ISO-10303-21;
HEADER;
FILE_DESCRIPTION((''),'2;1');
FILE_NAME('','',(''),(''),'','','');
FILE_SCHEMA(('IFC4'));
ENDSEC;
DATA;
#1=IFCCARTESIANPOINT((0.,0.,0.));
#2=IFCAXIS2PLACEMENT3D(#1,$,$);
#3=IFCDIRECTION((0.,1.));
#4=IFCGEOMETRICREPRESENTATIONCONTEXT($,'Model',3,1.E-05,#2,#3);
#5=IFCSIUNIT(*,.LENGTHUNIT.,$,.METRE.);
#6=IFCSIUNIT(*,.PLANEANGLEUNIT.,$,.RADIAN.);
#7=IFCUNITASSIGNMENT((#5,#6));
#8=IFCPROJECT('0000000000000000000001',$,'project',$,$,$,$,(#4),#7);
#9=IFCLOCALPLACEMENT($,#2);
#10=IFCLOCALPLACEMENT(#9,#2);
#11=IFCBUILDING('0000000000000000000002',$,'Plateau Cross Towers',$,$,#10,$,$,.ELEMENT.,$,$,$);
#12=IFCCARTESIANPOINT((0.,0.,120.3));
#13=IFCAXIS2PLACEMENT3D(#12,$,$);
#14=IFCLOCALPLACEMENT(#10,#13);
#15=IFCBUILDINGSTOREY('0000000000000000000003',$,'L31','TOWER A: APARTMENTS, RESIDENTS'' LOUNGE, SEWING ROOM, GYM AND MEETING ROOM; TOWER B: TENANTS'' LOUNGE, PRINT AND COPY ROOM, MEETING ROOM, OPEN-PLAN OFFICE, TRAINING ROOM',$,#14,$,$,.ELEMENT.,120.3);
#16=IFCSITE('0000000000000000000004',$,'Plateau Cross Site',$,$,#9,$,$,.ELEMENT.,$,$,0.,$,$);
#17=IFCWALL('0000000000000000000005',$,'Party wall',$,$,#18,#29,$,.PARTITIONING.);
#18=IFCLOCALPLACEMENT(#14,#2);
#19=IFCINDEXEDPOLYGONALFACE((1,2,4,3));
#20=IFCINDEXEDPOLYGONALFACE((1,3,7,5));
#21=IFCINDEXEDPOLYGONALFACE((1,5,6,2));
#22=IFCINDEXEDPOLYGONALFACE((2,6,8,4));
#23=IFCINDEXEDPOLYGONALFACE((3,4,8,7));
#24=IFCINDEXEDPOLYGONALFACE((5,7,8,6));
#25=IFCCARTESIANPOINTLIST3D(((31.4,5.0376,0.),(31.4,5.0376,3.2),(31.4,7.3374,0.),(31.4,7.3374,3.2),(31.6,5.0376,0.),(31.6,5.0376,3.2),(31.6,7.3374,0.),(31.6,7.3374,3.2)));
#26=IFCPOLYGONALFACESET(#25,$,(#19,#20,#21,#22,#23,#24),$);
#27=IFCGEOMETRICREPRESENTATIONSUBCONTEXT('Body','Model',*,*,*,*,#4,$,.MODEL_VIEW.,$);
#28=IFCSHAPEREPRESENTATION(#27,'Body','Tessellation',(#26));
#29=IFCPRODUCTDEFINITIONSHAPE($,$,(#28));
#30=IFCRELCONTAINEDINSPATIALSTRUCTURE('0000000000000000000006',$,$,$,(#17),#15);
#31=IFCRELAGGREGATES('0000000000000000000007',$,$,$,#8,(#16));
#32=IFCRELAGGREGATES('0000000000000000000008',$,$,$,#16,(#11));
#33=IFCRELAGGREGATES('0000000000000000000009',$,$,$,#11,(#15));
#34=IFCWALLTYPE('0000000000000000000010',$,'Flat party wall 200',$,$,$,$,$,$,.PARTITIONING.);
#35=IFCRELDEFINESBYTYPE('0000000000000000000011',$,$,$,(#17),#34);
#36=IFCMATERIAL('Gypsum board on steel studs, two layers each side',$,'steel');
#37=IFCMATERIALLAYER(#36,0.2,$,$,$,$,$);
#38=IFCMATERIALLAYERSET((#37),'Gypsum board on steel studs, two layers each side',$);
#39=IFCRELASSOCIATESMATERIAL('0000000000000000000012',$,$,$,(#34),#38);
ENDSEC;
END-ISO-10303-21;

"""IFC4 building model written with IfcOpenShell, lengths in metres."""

from ifc_helpers import new_model, si_unit, direction, frame, frame_2d, origin, place, context, subcontext, project, spatial, rectangle, extrude, material, layer, layer_set, type_object, element, save


model = new_model("IFC4")

# Units and contexts
model_context = context("Model", 3, precision=1e-05, world=origin(), true_north=direction((0.0, 1.0)))
body_context = subcontext(model_context, "Body", "Model", "MODEL_VIEW")
ifc_project = project(units=[si_unit("LENGTHUNIT", "METRE"), si_unit("PLANEANGLEUNIT", "RADIAN")], contexts=[model_context])

# Site, building, storey
site_placement = place(None, origin())
site = spatial("IfcSite", under=ifc_project, at=site_placement, Name="Plateau Cross Site", CompositionType="ELEMENT", RefElevation=0.0)
building_placement = place(site_placement, origin())
building = spatial("IfcBuilding", under=site, at=building_placement, Name="Plateau Cross Towers", CompositionType="ELEMENT")
storey_placement = place(building_placement, frame((0.0, 0.0, 120.3)))
storey = spatial("IfcBuildingStorey", under=building, at=storey_placement, Name="L31", Description="TOWER A: APARTMENTS, RESIDENTS' LOUNGE, SEWING ROOM, GYM AND MEETING ROOM; TOWER B: TENANTS' LOUNGE, PRINT AND COPY ROOM, MEETING ROOM, OPEN-PLAN OFFICE, TRAINING ROOM", CompositionType="ELEMENT", Elevation=120.3)

# Wall
ifc_material_1 = material(Name="Gypsum board on steel studs, two layers each side", Category="steel")
ifc_layer_1 = layer(ifc_material_1, 0.2)
ifc_layer_set_1 = layer_set([ifc_layer_1], Name="Gypsum board on steel studs, two layers each side")
wall_type_1 = type_object("IfcWallType", Name="Flat party wall 200", PredefinedType="PARTITIONING", material=ifc_layer_set_1)
wall_1_placement = place(storey_placement, frame((31.5, 5.0376, 0.0), z_axis=(0.0, 0.0, 1.0), x_axis=(0.0, 1.0, 0.0)))
element("IfcWall", 1, at=wall_1_placement, inside=storey, type_object=wall_type_1, Name="Party wall", PredefinedType="PARTITIONING", context=body_context, shape_type="SweptSolid", body=[
    extrude(rectangle(XDim=2.2998, YDim=0.2, at=frame_2d((1.1499, 0.0))), origin(), (0.0, 0.0, 1.0), 3.2),
])

save(model, "model.ifc")
